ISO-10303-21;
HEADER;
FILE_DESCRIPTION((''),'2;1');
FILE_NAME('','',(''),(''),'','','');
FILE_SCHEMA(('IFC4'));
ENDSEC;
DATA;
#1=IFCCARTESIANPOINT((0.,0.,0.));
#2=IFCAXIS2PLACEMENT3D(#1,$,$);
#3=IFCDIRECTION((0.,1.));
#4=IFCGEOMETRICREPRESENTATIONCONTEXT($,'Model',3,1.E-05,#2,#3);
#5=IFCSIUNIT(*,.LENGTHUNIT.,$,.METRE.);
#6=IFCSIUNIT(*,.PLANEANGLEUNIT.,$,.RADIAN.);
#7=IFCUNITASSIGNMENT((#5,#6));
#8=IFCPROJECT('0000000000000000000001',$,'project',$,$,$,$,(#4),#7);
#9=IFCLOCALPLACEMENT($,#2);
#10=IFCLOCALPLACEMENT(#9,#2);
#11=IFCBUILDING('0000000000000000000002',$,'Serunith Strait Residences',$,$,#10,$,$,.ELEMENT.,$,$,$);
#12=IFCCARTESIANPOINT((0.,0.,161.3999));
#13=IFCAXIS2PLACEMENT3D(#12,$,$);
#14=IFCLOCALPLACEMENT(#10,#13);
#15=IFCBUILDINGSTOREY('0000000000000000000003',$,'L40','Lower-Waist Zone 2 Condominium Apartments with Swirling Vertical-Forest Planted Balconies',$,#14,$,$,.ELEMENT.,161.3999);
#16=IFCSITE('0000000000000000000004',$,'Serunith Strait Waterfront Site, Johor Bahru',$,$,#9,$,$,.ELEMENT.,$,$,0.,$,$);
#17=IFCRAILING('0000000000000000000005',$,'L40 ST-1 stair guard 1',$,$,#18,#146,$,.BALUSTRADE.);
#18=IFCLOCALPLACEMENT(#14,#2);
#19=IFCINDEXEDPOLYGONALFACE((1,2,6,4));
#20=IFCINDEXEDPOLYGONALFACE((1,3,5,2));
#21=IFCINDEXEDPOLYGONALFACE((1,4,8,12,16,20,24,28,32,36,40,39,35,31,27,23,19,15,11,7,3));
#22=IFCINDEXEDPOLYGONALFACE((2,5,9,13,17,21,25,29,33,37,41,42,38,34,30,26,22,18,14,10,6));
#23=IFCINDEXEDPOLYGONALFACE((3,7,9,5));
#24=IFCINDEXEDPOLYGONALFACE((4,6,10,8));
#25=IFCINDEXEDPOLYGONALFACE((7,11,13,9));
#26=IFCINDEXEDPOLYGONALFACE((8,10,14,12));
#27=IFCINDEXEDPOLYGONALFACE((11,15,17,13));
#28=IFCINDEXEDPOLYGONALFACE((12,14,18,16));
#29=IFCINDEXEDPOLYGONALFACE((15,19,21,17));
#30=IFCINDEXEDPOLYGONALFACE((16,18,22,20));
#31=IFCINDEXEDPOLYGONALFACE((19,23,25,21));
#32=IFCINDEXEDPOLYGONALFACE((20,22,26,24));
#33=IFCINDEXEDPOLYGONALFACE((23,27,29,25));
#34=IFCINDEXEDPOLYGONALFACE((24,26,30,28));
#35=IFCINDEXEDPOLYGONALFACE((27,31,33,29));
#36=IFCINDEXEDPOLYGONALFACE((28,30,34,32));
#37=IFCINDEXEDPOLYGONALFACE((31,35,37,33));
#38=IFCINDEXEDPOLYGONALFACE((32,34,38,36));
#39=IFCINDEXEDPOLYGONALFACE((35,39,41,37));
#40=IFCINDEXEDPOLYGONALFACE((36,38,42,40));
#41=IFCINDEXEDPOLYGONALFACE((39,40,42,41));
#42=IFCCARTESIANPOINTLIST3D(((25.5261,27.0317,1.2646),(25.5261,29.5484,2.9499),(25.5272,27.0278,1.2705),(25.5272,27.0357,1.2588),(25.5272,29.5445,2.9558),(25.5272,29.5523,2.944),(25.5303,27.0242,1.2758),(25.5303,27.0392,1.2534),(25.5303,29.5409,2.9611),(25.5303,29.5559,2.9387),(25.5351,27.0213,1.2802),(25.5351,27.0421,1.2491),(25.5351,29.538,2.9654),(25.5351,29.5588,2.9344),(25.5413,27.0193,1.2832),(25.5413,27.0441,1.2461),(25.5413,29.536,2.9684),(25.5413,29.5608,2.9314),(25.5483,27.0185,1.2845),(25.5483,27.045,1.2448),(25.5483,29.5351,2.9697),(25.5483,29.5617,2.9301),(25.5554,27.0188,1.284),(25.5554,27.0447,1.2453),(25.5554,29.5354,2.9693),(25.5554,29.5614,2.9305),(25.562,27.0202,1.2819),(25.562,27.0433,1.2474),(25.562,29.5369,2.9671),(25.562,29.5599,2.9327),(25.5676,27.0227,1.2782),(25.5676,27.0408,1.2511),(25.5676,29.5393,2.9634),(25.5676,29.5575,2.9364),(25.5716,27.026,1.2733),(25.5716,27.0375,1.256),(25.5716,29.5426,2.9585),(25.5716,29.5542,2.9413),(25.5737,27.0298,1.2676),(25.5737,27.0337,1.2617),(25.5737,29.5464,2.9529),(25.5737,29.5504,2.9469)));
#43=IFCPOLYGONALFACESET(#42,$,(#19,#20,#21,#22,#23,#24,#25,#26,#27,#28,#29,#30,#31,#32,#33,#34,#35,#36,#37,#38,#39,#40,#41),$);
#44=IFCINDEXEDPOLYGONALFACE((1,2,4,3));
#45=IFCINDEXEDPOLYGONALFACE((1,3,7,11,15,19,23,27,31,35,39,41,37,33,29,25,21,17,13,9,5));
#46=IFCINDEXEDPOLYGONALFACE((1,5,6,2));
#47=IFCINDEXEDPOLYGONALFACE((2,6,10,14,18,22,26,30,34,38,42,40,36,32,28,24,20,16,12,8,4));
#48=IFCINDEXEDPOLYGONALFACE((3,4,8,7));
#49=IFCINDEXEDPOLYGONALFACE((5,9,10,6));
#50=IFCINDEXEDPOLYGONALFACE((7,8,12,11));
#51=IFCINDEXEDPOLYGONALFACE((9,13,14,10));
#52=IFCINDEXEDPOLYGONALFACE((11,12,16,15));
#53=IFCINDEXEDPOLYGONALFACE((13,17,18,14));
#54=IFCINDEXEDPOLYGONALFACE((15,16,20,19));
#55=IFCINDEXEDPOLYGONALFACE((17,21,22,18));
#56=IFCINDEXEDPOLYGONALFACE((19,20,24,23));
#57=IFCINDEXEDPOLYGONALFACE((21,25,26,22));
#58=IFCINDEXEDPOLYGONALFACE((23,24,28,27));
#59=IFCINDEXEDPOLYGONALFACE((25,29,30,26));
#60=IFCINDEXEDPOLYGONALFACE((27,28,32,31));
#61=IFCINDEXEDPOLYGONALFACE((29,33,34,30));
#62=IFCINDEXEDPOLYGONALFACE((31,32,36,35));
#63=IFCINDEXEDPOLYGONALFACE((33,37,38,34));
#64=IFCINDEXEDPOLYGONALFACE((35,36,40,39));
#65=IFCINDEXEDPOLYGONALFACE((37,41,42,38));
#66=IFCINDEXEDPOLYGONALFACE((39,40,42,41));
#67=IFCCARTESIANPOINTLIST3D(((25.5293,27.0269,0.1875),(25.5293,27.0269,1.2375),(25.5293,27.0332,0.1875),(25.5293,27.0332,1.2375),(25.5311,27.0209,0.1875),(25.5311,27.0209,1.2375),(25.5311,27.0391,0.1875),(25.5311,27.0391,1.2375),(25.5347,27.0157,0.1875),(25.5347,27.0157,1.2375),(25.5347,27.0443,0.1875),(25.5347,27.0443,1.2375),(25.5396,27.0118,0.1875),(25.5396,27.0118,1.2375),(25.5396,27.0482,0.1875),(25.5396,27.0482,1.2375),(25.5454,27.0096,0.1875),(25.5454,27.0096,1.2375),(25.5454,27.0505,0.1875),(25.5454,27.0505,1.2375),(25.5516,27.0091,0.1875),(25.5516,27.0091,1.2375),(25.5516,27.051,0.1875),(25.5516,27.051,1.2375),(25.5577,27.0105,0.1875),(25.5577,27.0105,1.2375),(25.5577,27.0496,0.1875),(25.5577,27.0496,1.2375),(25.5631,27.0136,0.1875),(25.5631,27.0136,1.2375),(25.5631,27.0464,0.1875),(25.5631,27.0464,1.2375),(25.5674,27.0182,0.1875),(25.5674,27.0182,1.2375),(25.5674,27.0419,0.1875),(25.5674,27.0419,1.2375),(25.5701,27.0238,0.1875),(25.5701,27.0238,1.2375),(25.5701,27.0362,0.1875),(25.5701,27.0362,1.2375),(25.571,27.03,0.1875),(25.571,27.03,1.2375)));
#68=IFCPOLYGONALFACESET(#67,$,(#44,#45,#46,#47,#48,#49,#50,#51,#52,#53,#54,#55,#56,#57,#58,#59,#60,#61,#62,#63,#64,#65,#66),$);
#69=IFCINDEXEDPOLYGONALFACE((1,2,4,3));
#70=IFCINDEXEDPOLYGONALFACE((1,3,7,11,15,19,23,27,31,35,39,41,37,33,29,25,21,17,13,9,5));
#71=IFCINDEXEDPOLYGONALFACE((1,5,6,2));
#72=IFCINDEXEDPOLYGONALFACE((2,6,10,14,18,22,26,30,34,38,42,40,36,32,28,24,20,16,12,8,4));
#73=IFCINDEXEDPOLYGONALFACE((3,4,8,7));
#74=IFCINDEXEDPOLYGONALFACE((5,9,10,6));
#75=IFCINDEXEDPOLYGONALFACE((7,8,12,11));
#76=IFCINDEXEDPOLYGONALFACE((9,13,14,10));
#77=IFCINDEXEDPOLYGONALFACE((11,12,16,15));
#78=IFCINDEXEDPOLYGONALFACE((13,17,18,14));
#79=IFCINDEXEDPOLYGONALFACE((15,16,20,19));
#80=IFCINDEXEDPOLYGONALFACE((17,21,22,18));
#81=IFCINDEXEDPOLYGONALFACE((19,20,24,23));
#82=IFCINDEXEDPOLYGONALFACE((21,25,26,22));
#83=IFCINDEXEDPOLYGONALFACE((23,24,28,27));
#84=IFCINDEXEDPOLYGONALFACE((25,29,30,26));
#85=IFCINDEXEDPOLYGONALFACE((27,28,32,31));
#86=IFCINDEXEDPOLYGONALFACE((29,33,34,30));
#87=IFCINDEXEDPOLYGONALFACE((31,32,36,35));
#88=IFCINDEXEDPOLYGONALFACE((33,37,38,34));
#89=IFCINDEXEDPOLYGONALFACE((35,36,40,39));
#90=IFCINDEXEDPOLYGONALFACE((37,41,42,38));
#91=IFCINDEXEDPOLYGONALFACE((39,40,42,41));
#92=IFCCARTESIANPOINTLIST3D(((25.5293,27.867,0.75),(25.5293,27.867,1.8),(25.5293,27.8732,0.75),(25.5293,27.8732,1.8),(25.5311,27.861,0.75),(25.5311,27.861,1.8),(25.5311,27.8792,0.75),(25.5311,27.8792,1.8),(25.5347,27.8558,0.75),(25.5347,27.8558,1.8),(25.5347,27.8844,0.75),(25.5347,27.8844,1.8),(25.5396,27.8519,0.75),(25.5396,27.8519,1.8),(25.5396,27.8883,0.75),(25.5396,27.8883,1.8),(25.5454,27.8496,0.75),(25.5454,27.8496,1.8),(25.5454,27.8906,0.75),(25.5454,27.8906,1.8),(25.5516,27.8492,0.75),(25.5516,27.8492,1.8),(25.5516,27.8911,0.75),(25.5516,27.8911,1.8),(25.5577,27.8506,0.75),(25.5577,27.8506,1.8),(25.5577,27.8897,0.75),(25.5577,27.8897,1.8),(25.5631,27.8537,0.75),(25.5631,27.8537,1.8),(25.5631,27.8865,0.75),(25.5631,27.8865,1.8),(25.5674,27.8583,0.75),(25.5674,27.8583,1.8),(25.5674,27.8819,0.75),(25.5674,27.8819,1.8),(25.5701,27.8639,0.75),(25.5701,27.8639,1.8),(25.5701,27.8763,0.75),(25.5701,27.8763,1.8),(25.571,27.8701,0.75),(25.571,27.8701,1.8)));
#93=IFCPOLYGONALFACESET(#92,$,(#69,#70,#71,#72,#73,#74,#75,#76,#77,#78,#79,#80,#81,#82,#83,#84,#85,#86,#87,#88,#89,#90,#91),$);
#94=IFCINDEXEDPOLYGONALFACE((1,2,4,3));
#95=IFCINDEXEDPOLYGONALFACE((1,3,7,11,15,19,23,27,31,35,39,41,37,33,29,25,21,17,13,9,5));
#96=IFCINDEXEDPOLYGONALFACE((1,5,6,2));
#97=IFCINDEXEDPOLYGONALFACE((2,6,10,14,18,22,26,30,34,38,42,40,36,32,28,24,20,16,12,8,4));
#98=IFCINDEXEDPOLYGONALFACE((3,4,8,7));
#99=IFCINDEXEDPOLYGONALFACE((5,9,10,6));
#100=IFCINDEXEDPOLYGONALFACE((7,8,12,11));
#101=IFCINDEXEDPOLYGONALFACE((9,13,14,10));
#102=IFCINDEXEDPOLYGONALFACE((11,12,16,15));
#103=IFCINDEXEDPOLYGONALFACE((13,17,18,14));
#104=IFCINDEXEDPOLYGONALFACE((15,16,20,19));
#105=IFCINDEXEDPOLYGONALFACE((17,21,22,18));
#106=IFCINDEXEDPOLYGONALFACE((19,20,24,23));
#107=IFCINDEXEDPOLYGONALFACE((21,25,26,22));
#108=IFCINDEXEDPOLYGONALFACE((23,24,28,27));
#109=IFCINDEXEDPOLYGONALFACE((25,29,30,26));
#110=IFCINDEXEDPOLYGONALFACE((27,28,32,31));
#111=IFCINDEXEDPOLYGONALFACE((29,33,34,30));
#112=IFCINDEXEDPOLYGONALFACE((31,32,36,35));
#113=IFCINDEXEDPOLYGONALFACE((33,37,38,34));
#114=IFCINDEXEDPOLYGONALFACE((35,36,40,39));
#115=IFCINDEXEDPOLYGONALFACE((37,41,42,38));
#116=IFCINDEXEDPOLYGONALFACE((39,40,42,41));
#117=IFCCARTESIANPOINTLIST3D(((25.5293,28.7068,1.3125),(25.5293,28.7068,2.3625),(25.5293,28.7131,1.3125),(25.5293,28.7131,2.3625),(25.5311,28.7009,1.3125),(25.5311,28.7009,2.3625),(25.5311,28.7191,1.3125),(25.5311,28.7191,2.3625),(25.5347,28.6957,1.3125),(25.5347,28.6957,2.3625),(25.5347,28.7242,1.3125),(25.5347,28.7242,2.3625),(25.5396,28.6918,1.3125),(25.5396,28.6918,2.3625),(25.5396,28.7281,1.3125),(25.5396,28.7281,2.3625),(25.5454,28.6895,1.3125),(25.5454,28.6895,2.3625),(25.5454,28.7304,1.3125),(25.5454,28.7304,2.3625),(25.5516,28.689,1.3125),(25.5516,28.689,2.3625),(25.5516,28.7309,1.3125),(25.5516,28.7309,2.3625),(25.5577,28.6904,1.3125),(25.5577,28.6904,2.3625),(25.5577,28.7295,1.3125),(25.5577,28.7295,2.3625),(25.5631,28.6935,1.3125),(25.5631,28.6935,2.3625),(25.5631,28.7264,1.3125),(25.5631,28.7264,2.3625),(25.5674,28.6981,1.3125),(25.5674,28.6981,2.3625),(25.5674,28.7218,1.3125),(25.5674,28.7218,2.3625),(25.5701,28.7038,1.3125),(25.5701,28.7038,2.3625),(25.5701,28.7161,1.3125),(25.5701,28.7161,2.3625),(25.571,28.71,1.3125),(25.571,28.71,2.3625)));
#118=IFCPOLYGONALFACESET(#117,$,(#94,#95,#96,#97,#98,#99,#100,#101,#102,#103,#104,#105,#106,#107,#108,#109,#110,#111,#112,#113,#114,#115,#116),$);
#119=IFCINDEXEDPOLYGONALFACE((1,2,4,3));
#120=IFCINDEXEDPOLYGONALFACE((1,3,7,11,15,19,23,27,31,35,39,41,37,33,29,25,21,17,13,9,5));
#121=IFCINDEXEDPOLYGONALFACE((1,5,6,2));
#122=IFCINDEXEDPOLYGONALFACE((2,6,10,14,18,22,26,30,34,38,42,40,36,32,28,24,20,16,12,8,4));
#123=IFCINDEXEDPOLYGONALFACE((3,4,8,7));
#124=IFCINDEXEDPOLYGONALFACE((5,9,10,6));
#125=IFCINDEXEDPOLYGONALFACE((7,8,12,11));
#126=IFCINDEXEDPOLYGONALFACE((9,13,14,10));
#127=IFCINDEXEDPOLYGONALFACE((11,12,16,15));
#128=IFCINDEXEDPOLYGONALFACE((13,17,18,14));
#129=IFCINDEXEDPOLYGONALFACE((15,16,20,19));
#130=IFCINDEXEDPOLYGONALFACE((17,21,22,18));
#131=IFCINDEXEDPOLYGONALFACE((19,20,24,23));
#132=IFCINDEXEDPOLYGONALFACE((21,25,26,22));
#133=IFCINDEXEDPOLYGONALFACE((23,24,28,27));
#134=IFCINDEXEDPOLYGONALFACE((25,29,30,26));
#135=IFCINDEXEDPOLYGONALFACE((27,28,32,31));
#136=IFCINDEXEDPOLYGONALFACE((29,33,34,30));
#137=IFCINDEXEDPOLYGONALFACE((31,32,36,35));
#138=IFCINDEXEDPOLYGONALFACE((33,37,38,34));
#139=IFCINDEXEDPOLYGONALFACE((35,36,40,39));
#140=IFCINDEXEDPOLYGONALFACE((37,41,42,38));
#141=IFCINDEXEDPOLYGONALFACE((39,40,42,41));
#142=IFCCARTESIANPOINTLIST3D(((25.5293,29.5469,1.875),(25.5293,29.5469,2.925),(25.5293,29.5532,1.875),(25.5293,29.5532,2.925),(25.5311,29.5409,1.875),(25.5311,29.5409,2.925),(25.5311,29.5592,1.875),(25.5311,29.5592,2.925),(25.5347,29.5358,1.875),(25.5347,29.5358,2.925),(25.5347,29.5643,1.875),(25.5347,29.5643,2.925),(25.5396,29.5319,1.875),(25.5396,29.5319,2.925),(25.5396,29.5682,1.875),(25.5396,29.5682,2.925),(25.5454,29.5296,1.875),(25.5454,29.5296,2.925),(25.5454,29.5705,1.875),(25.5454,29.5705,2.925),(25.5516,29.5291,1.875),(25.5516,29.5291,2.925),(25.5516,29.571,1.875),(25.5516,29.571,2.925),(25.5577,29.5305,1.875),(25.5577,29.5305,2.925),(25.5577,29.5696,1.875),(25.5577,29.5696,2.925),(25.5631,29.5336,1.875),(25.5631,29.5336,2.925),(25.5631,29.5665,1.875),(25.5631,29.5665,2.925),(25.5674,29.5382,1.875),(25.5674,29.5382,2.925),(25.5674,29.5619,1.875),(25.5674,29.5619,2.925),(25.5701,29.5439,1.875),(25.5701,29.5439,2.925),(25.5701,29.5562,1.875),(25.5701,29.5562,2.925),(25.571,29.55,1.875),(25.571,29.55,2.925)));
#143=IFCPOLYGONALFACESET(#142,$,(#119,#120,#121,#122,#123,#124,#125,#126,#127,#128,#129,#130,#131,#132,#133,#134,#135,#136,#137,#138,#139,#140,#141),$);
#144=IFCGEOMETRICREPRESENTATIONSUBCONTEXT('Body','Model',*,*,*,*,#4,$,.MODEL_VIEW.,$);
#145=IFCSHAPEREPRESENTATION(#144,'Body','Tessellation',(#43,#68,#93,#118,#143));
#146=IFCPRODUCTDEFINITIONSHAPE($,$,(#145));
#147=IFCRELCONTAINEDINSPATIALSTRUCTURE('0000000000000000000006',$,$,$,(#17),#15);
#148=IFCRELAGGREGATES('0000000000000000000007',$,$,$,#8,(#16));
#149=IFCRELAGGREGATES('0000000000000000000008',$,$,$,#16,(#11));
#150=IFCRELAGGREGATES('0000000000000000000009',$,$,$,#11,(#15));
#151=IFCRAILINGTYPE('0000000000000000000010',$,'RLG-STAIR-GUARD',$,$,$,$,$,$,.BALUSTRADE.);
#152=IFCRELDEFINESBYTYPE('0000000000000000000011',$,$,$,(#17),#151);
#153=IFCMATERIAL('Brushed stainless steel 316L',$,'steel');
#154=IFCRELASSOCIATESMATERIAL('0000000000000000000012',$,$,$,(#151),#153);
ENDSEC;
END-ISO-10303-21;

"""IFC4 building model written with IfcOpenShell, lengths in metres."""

from ifc_helpers import new_model, si_unit, direction, frame, origin, origin_2d, place, context, subcontext, project, spatial, circle, extrude, material, type_object, element, save


model = new_model("IFC4")

# Units and contexts
model_context = context("Model", 3, precision=1e-05, world=origin(), true_north=direction((0.0, 1.0)))
body_context = subcontext(model_context, "Body", "Model", "MODEL_VIEW")
ifc_project = project(units=[si_unit("LENGTHUNIT", "METRE"), si_unit("PLANEANGLEUNIT", "RADIAN")], contexts=[model_context])

# Site, building, storey
site_placement = place(None, origin())
site = spatial("IfcSite", under=ifc_project, at=site_placement, Name="Serunith Strait Waterfront Site, Johor Bahru", CompositionType="ELEMENT", RefElevation=0.0)
building_placement = place(site_placement, origin())
building = spatial("IfcBuilding", under=site, at=building_placement, Name="Serunith Strait Residences", CompositionType="ELEMENT")
storey_placement = place(building_placement, frame((0.0, 0.0, 161.3999)))
storey = spatial("IfcBuildingStorey", under=building, at=storey_placement, Name="L40", Description="Lower-Waist Zone 2 Condominium Apartments with Swirling Vertical-Forest Planted Balconies", CompositionType="ELEMENT", Elevation=161.3999)

# Railing
ifc_material_1 = material(Name="Brushed stainless steel 316L", Category="steel")
railing_type_1 = type_object("IfcRailingType", Name="RLG-STAIR-GUARD", PredefinedType="BALUSTRADE", material=ifc_material_1)
railing_1_placement = place(storey_placement, frame((25.55, 27.03, 0.1875)))
element("IfcRailing", 1, at=railing_1_placement, inside=storey, type_object=railing_type_1, Name="L40 ST-1 stair guard 1", PredefinedType="BALUSTRADE", context=body_context, shape_type="SweptSolid", body=[
    extrude(circle(Radius=0.0239, at=origin_2d()), frame((0.0, 0.0017, 1.0771), z_axis=(0.0, 0.830909, 0.556408), x_axis=(-1.0, 0.0, 0.0)), (0.0, 0.0, 1.0), 3.0288),
    extrude(circle(Radius=0.021, at=origin_2d()), origin(), (0.0, 0.0, 1.0), 1.05),
    extrude(circle(Radius=0.021, at=origin_2d()), frame((0.0, 0.8401, 0.5625)), (0.0, 0.0, 1.0), 1.05),
    extrude(circle(Radius=0.021, at=origin_2d()), frame((0.0, 1.6799, 1.125)), (0.0, 0.0, 1.0), 1.05),
    extrude(circle(Radius=0.021, at=origin_2d()), frame((0.0, 2.52, 1.6875)), (0.0, 0.0, 1.0), 1.05),
])

save(model, "model.ifc")
